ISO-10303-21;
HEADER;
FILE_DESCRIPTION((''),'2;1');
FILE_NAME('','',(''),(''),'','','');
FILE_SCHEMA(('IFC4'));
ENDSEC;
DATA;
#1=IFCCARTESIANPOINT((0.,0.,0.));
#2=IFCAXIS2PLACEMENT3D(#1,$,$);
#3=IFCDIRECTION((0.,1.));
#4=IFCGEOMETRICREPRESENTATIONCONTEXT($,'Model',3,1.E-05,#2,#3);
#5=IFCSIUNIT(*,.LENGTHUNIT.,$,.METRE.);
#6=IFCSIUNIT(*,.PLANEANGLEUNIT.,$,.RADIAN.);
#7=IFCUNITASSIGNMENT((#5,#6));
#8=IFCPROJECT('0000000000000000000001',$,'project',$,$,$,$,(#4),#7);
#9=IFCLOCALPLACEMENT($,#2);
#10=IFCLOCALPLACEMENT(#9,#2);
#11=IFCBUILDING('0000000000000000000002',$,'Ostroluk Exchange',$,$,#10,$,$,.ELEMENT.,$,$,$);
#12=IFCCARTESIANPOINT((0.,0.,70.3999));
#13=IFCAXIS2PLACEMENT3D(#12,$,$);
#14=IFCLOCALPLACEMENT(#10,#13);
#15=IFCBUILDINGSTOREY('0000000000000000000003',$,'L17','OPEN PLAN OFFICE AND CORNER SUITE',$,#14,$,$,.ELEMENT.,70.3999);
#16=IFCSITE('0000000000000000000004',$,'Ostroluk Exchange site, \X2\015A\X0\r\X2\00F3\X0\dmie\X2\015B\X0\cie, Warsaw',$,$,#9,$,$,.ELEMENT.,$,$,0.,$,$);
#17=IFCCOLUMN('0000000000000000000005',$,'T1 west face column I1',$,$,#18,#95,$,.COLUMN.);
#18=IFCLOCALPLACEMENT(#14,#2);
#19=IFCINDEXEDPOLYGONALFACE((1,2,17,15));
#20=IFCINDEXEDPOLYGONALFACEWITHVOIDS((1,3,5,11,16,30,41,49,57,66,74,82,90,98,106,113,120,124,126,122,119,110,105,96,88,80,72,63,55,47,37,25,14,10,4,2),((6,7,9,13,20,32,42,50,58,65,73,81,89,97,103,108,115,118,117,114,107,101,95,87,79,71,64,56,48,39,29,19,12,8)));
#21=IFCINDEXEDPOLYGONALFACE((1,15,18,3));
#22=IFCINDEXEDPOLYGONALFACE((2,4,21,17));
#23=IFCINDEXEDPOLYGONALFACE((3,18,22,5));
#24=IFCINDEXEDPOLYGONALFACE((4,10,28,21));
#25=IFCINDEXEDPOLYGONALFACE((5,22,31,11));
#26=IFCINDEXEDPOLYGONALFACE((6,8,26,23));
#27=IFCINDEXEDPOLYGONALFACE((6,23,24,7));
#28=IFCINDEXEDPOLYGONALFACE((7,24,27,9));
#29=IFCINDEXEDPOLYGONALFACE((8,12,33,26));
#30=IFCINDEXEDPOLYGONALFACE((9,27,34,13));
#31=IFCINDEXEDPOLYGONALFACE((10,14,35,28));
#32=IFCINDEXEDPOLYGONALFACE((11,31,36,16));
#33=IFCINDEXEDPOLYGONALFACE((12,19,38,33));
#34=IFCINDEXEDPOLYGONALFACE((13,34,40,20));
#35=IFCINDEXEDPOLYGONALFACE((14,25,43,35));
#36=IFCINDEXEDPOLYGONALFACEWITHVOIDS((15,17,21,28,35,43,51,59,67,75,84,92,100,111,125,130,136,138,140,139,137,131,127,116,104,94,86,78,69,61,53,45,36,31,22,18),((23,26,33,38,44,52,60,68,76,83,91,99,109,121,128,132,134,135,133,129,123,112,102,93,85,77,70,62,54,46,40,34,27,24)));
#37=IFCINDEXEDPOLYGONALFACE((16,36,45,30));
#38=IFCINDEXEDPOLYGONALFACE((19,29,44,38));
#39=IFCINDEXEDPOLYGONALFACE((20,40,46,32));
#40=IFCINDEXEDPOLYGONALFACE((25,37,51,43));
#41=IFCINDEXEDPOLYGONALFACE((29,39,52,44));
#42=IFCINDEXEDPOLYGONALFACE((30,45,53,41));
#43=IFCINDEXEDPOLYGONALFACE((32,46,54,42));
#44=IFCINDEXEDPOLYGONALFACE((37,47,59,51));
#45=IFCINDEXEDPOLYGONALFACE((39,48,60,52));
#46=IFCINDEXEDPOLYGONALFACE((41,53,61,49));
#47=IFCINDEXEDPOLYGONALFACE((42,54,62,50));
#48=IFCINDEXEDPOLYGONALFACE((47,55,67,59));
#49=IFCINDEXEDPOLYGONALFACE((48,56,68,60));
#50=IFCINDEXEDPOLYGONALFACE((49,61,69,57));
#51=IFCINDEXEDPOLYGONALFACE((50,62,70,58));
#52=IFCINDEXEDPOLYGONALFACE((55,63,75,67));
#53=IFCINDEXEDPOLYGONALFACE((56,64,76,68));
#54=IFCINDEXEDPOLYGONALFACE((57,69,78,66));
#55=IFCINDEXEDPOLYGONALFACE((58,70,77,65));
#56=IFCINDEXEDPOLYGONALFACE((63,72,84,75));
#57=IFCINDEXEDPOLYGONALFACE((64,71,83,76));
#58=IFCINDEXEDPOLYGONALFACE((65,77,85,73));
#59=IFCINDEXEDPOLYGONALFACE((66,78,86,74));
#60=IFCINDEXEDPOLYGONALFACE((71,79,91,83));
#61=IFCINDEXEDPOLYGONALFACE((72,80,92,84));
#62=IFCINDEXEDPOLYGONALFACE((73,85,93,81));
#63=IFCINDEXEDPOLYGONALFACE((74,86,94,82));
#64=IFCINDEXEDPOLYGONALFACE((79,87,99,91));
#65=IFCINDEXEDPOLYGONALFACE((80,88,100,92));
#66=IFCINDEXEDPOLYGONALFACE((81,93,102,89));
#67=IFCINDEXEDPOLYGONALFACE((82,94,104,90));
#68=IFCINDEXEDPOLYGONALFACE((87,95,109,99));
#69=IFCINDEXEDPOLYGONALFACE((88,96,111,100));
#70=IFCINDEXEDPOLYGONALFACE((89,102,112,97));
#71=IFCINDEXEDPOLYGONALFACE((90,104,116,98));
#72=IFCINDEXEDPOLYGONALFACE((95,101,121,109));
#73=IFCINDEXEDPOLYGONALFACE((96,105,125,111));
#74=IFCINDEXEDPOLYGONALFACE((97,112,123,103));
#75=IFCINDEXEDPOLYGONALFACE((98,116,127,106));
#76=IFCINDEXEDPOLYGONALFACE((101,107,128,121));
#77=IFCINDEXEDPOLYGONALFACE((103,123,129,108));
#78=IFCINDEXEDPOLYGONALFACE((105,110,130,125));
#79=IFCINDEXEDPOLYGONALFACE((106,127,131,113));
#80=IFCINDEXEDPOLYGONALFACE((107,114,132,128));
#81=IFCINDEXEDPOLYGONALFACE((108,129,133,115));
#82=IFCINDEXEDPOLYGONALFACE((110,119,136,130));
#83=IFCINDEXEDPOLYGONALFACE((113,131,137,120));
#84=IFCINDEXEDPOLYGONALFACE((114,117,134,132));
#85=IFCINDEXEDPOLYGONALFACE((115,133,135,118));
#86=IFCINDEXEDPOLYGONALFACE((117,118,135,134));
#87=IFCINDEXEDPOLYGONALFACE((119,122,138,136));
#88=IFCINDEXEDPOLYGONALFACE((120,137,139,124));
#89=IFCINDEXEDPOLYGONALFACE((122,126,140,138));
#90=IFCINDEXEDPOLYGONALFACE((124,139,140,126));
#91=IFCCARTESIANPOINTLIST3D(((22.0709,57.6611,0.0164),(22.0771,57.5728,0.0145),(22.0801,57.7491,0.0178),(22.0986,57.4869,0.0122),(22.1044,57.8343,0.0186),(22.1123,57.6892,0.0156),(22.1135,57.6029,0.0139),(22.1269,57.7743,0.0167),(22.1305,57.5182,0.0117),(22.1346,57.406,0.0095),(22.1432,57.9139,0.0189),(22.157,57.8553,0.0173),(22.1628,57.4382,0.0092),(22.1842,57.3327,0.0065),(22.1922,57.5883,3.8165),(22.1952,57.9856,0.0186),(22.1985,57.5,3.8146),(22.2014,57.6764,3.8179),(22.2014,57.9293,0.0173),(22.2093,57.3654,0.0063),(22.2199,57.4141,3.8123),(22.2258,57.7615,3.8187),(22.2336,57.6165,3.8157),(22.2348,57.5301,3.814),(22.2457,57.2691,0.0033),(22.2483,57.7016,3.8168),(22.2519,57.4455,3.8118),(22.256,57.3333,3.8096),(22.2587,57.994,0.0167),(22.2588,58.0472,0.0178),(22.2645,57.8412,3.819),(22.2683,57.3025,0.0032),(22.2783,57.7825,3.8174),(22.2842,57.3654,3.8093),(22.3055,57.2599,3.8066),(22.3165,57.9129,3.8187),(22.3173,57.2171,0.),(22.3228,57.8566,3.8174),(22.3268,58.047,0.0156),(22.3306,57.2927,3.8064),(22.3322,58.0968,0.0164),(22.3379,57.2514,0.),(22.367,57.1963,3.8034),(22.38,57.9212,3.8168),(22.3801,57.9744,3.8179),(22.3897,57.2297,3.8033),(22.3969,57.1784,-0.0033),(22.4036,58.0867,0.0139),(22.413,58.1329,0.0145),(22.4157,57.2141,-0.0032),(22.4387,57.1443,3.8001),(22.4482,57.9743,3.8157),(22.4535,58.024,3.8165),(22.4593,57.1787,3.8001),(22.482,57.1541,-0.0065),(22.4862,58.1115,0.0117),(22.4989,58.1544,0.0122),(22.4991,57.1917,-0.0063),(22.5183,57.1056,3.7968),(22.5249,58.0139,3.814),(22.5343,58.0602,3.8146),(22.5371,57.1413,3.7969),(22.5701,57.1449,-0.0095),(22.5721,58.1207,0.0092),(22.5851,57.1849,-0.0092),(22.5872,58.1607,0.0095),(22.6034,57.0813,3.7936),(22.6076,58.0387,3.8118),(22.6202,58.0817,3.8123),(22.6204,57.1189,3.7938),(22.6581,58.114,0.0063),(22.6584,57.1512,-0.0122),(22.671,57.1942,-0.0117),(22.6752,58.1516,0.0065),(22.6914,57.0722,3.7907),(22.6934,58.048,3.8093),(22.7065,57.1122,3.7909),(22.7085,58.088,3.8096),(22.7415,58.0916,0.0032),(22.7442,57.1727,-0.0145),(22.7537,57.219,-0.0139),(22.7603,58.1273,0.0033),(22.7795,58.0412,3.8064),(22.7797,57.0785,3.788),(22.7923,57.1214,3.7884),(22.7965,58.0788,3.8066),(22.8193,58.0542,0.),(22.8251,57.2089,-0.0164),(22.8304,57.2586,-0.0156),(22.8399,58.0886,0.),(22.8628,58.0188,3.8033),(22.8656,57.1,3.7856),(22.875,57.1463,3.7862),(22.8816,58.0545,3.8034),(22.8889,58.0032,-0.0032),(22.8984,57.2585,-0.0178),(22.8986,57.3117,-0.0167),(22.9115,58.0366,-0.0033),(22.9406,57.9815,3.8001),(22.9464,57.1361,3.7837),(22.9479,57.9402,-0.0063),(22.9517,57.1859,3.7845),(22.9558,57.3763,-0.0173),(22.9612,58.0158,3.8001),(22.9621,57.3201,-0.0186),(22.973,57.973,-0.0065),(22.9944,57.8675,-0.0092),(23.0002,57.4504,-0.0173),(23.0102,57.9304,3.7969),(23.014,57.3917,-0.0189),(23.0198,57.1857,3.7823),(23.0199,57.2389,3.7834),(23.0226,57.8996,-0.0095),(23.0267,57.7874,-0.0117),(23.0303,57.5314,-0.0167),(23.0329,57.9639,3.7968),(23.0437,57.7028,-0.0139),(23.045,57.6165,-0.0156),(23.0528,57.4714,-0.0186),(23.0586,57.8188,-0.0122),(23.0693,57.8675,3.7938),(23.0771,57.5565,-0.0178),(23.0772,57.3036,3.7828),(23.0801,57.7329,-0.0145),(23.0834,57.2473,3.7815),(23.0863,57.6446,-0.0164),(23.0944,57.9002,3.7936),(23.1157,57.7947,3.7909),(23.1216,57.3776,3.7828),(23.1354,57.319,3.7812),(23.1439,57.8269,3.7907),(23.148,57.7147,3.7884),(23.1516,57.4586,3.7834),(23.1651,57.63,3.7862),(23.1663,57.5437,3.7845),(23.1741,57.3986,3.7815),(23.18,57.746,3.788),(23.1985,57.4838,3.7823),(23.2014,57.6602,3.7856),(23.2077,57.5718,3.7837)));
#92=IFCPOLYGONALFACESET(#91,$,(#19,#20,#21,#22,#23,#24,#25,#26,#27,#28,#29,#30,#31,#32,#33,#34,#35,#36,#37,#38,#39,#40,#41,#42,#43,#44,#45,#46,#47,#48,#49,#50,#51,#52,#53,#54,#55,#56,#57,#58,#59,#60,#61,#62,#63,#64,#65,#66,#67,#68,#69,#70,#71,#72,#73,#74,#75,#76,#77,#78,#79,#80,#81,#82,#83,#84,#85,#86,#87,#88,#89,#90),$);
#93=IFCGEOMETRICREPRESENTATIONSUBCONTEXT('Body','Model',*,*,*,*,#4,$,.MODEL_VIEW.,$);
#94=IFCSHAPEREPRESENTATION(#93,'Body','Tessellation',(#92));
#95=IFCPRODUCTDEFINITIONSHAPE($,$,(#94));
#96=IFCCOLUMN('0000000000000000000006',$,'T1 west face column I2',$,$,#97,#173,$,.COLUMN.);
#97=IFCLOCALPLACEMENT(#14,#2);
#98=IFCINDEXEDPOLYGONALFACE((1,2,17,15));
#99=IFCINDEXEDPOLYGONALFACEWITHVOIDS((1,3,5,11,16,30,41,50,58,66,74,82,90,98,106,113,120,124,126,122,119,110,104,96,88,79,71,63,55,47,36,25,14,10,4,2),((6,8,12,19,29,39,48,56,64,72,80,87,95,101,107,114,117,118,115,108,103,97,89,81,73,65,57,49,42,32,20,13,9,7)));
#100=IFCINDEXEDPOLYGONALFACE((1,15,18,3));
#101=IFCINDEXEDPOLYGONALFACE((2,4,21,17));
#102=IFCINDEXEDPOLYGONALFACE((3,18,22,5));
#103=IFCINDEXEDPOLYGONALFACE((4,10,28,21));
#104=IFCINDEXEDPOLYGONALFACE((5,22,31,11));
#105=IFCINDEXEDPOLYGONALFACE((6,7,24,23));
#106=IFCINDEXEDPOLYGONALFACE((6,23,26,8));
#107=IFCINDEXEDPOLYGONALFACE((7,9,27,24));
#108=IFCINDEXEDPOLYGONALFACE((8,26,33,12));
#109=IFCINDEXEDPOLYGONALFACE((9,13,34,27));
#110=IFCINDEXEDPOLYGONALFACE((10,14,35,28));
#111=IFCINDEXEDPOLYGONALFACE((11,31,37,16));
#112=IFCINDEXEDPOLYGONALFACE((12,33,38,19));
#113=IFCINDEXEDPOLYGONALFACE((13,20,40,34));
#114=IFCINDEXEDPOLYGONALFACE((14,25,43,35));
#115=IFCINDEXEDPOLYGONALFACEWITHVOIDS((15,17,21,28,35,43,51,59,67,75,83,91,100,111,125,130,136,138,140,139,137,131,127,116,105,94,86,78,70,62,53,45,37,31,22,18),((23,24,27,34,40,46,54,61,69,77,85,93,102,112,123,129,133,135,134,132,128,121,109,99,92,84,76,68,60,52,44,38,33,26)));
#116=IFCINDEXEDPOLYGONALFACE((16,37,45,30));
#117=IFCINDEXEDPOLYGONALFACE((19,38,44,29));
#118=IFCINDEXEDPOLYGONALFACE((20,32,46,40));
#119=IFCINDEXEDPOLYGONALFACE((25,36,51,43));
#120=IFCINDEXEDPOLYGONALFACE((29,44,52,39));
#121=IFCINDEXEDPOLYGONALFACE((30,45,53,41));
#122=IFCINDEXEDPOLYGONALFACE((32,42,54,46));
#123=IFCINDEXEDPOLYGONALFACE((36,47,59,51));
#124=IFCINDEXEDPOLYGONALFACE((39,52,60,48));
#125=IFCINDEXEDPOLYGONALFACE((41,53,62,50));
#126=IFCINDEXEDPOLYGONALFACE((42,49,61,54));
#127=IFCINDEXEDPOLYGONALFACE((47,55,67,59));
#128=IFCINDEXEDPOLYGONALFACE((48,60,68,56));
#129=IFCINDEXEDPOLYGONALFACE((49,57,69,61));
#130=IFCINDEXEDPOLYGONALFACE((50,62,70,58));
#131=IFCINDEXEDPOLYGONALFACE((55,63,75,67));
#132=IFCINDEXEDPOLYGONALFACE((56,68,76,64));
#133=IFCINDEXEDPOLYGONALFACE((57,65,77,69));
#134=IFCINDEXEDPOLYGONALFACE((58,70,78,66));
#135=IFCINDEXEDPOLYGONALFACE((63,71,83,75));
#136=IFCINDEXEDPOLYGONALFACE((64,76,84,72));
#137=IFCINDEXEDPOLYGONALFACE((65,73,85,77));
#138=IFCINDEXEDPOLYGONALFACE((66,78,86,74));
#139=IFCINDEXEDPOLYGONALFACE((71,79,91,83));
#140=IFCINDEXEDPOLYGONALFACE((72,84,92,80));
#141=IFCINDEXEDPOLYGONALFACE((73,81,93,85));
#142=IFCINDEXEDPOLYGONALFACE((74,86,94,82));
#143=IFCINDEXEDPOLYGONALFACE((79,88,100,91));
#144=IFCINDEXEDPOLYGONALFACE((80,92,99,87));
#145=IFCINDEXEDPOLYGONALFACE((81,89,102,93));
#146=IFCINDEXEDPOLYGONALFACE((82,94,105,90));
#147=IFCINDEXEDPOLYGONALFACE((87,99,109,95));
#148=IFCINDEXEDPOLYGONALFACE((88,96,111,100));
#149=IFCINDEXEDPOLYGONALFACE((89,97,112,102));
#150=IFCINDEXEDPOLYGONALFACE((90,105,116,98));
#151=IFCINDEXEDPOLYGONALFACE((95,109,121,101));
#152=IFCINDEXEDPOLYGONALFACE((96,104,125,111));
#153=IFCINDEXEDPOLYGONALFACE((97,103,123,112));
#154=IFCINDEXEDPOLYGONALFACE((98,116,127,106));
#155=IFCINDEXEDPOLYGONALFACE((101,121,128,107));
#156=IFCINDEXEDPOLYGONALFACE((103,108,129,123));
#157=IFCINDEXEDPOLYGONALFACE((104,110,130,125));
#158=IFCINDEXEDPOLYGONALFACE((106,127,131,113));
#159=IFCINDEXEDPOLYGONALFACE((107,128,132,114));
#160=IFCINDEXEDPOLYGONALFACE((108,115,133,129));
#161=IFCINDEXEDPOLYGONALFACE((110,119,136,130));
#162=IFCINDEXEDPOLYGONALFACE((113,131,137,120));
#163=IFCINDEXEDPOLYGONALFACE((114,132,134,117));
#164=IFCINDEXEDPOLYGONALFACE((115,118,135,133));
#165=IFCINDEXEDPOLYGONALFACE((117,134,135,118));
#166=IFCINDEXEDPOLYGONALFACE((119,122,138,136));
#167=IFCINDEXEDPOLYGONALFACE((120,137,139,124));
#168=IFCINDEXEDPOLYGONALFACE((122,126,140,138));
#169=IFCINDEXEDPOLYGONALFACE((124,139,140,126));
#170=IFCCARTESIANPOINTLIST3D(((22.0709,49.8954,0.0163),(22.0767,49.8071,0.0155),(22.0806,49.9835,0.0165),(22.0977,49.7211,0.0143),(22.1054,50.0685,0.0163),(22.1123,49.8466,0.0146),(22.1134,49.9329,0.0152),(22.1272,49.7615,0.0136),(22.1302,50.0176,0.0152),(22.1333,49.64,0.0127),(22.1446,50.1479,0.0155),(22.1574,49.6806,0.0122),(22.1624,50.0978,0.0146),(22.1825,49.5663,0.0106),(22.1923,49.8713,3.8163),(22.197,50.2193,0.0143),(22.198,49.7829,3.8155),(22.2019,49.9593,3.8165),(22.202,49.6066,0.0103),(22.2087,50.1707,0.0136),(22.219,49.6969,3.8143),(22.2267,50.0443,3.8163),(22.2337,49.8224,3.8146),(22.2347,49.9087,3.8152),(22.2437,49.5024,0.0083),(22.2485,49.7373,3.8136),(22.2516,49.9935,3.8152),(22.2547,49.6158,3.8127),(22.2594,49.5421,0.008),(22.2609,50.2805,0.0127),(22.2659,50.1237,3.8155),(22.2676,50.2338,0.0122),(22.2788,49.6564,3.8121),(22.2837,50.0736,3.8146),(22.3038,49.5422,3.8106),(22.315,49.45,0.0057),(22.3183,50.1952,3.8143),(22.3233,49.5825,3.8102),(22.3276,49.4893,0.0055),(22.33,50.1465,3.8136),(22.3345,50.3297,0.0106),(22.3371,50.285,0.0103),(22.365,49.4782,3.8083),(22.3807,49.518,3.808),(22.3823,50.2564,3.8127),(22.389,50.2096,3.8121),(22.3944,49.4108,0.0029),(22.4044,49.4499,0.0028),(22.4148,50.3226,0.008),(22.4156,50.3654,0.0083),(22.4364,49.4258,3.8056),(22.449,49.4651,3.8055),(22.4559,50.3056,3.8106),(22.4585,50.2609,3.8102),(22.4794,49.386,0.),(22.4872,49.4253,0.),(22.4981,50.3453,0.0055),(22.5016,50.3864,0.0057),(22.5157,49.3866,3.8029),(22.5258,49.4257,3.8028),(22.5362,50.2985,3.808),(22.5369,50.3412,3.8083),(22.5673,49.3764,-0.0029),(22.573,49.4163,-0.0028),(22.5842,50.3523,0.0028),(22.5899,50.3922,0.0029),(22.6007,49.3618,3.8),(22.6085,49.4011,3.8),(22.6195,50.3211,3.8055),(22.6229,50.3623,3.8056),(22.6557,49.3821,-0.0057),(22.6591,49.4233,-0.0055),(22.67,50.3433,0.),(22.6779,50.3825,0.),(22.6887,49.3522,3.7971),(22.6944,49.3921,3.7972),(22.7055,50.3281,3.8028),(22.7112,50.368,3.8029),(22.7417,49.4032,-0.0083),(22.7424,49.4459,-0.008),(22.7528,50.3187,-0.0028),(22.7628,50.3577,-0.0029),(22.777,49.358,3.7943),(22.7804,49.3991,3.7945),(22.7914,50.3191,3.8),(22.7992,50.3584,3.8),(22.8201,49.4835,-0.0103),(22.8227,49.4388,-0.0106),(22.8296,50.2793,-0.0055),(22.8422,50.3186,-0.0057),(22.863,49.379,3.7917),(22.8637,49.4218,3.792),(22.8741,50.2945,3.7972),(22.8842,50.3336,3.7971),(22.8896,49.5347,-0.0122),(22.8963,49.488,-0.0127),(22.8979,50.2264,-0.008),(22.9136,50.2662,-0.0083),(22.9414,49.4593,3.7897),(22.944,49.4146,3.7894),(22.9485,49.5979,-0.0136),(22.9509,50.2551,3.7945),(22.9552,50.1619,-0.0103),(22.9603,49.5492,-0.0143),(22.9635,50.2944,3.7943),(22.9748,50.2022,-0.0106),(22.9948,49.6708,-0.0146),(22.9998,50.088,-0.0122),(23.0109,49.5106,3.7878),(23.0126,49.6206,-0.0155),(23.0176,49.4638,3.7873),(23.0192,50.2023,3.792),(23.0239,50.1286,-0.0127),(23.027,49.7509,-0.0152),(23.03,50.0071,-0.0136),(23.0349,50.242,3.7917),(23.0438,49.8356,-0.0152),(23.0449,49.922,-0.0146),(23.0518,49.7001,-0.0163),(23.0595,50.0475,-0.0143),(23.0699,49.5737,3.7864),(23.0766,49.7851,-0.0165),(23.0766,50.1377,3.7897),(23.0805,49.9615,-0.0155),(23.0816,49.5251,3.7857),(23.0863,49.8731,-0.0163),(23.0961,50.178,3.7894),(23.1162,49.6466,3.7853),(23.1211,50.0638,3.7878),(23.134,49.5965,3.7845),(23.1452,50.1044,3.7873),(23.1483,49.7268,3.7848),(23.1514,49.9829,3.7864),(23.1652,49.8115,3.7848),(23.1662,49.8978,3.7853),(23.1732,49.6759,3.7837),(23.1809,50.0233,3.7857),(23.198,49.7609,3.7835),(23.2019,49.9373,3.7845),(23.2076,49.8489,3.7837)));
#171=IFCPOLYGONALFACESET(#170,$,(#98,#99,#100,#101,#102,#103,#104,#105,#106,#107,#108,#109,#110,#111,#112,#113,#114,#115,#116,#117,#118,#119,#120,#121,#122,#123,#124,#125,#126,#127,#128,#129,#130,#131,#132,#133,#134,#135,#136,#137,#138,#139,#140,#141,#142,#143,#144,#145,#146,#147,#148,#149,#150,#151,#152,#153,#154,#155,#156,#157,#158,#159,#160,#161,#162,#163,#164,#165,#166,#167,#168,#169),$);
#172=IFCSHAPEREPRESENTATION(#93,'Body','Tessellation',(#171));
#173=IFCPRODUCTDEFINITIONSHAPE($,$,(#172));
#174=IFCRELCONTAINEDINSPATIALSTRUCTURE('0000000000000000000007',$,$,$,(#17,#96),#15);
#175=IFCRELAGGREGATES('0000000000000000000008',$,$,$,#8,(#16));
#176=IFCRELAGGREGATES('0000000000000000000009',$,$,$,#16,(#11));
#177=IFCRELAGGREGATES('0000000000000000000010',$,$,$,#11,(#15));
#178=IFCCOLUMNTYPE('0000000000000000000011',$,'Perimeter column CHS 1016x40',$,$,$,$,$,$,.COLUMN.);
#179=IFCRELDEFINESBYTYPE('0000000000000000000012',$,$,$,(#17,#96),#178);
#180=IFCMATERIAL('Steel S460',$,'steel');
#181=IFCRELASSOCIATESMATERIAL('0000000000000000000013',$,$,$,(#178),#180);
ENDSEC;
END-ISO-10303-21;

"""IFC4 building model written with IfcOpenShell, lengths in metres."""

from ifc_helpers import new_model, si_unit, direction, frame, origin, origin_2d, place, context, subcontext, project, spatial, hollow_circle, extrude, material, material_profile, profile_set, type_object, element, save


model = new_model("IFC4")

# Units and contexts
model_context = context("Model", 3, precision=1e-05, world=origin(), true_north=direction((0.0, 1.0)))
body_context = subcontext(model_context, "Body", "Model", "MODEL_VIEW")
ifc_project = project(units=[si_unit("LENGTHUNIT", "METRE"), si_unit("PLANEANGLEUNIT", "RADIAN")], contexts=[model_context])

# Site, building, storey
site_placement = place(None, origin())
site = spatial("IfcSite", under=ifc_project, at=site_placement, Name="Ostroluk Exchange site, Śródmieście, Warsaw", CompositionType="ELEMENT", RefElevation=0.0)
building_placement = place(site_placement, origin())
building = spatial("IfcBuilding", under=site, at=building_placement, Name="Ostroluk Exchange", CompositionType="ELEMENT")
storey_placement = place(building_placement, frame((0.0, 0.0, 70.3999)))
storey = spatial("IfcBuildingStorey", under=building, at=storey_placement, Name="L17", Description="OPEN PLAN OFFICE AND CORNER SUITE", CompositionType="ELEMENT", Elevation=70.3999)

# Columns
ifc_material_1 = material(Name="Steel S460", Category="steel")
ifc_material_profile_1 = material_profile(ifc_material_1, hollow_circle(Radius=0.5081, WallThickness=0.04, at=origin_2d()), Name="CHS 1016x40")
ifc_profile_set_1 = profile_set([ifc_material_profile_1], Name="Steel S460")
column_type = type_object("IfcColumnType", Name="Perimeter column CHS 1016x40", PredefinedType="COLUMN", material=ifc_profile_set_1)
column_1_placement = place(storey_placement, frame((22.5786, 57.6528, 0.0), z_axis=(0.031909, -0.019132, 0.999308), x_axis=(0.514242, 0.857645, 0.0)))
element("IfcColumn", 1, at=column_1_placement, inside=storey, type_object=column_type, Name="T1 west face column I1", PredefinedType="COLUMN", context=body_context, shape_type="SweptSolid", body=[
    extrude(hollow_circle(Radius=0.5081, WallThickness=0.04, at=origin_2d()), origin(), (0.0, 0.0, 1.0), 3.8027),
])
column_2_placement = place(storey_placement, frame((22.5786, 49.8843, 0.0), z_axis=(0.031914, -0.006357, 0.99947), x_axis=(0.195357, 0.980732, 0.0)))
element("IfcColumn", 2, at=column_2_placement, inside=storey, type_object=column_type, Name="T1 west face column I2", PredefinedType="COLUMN", context=body_context, shape_type="SweptSolid", body=[
    extrude(hollow_circle(Radius=0.5081, WallThickness=0.04, at=origin_2d()), origin(), (0.0, 0.0, 1.0), 3.802),
])

save(model, "model.ifc")
